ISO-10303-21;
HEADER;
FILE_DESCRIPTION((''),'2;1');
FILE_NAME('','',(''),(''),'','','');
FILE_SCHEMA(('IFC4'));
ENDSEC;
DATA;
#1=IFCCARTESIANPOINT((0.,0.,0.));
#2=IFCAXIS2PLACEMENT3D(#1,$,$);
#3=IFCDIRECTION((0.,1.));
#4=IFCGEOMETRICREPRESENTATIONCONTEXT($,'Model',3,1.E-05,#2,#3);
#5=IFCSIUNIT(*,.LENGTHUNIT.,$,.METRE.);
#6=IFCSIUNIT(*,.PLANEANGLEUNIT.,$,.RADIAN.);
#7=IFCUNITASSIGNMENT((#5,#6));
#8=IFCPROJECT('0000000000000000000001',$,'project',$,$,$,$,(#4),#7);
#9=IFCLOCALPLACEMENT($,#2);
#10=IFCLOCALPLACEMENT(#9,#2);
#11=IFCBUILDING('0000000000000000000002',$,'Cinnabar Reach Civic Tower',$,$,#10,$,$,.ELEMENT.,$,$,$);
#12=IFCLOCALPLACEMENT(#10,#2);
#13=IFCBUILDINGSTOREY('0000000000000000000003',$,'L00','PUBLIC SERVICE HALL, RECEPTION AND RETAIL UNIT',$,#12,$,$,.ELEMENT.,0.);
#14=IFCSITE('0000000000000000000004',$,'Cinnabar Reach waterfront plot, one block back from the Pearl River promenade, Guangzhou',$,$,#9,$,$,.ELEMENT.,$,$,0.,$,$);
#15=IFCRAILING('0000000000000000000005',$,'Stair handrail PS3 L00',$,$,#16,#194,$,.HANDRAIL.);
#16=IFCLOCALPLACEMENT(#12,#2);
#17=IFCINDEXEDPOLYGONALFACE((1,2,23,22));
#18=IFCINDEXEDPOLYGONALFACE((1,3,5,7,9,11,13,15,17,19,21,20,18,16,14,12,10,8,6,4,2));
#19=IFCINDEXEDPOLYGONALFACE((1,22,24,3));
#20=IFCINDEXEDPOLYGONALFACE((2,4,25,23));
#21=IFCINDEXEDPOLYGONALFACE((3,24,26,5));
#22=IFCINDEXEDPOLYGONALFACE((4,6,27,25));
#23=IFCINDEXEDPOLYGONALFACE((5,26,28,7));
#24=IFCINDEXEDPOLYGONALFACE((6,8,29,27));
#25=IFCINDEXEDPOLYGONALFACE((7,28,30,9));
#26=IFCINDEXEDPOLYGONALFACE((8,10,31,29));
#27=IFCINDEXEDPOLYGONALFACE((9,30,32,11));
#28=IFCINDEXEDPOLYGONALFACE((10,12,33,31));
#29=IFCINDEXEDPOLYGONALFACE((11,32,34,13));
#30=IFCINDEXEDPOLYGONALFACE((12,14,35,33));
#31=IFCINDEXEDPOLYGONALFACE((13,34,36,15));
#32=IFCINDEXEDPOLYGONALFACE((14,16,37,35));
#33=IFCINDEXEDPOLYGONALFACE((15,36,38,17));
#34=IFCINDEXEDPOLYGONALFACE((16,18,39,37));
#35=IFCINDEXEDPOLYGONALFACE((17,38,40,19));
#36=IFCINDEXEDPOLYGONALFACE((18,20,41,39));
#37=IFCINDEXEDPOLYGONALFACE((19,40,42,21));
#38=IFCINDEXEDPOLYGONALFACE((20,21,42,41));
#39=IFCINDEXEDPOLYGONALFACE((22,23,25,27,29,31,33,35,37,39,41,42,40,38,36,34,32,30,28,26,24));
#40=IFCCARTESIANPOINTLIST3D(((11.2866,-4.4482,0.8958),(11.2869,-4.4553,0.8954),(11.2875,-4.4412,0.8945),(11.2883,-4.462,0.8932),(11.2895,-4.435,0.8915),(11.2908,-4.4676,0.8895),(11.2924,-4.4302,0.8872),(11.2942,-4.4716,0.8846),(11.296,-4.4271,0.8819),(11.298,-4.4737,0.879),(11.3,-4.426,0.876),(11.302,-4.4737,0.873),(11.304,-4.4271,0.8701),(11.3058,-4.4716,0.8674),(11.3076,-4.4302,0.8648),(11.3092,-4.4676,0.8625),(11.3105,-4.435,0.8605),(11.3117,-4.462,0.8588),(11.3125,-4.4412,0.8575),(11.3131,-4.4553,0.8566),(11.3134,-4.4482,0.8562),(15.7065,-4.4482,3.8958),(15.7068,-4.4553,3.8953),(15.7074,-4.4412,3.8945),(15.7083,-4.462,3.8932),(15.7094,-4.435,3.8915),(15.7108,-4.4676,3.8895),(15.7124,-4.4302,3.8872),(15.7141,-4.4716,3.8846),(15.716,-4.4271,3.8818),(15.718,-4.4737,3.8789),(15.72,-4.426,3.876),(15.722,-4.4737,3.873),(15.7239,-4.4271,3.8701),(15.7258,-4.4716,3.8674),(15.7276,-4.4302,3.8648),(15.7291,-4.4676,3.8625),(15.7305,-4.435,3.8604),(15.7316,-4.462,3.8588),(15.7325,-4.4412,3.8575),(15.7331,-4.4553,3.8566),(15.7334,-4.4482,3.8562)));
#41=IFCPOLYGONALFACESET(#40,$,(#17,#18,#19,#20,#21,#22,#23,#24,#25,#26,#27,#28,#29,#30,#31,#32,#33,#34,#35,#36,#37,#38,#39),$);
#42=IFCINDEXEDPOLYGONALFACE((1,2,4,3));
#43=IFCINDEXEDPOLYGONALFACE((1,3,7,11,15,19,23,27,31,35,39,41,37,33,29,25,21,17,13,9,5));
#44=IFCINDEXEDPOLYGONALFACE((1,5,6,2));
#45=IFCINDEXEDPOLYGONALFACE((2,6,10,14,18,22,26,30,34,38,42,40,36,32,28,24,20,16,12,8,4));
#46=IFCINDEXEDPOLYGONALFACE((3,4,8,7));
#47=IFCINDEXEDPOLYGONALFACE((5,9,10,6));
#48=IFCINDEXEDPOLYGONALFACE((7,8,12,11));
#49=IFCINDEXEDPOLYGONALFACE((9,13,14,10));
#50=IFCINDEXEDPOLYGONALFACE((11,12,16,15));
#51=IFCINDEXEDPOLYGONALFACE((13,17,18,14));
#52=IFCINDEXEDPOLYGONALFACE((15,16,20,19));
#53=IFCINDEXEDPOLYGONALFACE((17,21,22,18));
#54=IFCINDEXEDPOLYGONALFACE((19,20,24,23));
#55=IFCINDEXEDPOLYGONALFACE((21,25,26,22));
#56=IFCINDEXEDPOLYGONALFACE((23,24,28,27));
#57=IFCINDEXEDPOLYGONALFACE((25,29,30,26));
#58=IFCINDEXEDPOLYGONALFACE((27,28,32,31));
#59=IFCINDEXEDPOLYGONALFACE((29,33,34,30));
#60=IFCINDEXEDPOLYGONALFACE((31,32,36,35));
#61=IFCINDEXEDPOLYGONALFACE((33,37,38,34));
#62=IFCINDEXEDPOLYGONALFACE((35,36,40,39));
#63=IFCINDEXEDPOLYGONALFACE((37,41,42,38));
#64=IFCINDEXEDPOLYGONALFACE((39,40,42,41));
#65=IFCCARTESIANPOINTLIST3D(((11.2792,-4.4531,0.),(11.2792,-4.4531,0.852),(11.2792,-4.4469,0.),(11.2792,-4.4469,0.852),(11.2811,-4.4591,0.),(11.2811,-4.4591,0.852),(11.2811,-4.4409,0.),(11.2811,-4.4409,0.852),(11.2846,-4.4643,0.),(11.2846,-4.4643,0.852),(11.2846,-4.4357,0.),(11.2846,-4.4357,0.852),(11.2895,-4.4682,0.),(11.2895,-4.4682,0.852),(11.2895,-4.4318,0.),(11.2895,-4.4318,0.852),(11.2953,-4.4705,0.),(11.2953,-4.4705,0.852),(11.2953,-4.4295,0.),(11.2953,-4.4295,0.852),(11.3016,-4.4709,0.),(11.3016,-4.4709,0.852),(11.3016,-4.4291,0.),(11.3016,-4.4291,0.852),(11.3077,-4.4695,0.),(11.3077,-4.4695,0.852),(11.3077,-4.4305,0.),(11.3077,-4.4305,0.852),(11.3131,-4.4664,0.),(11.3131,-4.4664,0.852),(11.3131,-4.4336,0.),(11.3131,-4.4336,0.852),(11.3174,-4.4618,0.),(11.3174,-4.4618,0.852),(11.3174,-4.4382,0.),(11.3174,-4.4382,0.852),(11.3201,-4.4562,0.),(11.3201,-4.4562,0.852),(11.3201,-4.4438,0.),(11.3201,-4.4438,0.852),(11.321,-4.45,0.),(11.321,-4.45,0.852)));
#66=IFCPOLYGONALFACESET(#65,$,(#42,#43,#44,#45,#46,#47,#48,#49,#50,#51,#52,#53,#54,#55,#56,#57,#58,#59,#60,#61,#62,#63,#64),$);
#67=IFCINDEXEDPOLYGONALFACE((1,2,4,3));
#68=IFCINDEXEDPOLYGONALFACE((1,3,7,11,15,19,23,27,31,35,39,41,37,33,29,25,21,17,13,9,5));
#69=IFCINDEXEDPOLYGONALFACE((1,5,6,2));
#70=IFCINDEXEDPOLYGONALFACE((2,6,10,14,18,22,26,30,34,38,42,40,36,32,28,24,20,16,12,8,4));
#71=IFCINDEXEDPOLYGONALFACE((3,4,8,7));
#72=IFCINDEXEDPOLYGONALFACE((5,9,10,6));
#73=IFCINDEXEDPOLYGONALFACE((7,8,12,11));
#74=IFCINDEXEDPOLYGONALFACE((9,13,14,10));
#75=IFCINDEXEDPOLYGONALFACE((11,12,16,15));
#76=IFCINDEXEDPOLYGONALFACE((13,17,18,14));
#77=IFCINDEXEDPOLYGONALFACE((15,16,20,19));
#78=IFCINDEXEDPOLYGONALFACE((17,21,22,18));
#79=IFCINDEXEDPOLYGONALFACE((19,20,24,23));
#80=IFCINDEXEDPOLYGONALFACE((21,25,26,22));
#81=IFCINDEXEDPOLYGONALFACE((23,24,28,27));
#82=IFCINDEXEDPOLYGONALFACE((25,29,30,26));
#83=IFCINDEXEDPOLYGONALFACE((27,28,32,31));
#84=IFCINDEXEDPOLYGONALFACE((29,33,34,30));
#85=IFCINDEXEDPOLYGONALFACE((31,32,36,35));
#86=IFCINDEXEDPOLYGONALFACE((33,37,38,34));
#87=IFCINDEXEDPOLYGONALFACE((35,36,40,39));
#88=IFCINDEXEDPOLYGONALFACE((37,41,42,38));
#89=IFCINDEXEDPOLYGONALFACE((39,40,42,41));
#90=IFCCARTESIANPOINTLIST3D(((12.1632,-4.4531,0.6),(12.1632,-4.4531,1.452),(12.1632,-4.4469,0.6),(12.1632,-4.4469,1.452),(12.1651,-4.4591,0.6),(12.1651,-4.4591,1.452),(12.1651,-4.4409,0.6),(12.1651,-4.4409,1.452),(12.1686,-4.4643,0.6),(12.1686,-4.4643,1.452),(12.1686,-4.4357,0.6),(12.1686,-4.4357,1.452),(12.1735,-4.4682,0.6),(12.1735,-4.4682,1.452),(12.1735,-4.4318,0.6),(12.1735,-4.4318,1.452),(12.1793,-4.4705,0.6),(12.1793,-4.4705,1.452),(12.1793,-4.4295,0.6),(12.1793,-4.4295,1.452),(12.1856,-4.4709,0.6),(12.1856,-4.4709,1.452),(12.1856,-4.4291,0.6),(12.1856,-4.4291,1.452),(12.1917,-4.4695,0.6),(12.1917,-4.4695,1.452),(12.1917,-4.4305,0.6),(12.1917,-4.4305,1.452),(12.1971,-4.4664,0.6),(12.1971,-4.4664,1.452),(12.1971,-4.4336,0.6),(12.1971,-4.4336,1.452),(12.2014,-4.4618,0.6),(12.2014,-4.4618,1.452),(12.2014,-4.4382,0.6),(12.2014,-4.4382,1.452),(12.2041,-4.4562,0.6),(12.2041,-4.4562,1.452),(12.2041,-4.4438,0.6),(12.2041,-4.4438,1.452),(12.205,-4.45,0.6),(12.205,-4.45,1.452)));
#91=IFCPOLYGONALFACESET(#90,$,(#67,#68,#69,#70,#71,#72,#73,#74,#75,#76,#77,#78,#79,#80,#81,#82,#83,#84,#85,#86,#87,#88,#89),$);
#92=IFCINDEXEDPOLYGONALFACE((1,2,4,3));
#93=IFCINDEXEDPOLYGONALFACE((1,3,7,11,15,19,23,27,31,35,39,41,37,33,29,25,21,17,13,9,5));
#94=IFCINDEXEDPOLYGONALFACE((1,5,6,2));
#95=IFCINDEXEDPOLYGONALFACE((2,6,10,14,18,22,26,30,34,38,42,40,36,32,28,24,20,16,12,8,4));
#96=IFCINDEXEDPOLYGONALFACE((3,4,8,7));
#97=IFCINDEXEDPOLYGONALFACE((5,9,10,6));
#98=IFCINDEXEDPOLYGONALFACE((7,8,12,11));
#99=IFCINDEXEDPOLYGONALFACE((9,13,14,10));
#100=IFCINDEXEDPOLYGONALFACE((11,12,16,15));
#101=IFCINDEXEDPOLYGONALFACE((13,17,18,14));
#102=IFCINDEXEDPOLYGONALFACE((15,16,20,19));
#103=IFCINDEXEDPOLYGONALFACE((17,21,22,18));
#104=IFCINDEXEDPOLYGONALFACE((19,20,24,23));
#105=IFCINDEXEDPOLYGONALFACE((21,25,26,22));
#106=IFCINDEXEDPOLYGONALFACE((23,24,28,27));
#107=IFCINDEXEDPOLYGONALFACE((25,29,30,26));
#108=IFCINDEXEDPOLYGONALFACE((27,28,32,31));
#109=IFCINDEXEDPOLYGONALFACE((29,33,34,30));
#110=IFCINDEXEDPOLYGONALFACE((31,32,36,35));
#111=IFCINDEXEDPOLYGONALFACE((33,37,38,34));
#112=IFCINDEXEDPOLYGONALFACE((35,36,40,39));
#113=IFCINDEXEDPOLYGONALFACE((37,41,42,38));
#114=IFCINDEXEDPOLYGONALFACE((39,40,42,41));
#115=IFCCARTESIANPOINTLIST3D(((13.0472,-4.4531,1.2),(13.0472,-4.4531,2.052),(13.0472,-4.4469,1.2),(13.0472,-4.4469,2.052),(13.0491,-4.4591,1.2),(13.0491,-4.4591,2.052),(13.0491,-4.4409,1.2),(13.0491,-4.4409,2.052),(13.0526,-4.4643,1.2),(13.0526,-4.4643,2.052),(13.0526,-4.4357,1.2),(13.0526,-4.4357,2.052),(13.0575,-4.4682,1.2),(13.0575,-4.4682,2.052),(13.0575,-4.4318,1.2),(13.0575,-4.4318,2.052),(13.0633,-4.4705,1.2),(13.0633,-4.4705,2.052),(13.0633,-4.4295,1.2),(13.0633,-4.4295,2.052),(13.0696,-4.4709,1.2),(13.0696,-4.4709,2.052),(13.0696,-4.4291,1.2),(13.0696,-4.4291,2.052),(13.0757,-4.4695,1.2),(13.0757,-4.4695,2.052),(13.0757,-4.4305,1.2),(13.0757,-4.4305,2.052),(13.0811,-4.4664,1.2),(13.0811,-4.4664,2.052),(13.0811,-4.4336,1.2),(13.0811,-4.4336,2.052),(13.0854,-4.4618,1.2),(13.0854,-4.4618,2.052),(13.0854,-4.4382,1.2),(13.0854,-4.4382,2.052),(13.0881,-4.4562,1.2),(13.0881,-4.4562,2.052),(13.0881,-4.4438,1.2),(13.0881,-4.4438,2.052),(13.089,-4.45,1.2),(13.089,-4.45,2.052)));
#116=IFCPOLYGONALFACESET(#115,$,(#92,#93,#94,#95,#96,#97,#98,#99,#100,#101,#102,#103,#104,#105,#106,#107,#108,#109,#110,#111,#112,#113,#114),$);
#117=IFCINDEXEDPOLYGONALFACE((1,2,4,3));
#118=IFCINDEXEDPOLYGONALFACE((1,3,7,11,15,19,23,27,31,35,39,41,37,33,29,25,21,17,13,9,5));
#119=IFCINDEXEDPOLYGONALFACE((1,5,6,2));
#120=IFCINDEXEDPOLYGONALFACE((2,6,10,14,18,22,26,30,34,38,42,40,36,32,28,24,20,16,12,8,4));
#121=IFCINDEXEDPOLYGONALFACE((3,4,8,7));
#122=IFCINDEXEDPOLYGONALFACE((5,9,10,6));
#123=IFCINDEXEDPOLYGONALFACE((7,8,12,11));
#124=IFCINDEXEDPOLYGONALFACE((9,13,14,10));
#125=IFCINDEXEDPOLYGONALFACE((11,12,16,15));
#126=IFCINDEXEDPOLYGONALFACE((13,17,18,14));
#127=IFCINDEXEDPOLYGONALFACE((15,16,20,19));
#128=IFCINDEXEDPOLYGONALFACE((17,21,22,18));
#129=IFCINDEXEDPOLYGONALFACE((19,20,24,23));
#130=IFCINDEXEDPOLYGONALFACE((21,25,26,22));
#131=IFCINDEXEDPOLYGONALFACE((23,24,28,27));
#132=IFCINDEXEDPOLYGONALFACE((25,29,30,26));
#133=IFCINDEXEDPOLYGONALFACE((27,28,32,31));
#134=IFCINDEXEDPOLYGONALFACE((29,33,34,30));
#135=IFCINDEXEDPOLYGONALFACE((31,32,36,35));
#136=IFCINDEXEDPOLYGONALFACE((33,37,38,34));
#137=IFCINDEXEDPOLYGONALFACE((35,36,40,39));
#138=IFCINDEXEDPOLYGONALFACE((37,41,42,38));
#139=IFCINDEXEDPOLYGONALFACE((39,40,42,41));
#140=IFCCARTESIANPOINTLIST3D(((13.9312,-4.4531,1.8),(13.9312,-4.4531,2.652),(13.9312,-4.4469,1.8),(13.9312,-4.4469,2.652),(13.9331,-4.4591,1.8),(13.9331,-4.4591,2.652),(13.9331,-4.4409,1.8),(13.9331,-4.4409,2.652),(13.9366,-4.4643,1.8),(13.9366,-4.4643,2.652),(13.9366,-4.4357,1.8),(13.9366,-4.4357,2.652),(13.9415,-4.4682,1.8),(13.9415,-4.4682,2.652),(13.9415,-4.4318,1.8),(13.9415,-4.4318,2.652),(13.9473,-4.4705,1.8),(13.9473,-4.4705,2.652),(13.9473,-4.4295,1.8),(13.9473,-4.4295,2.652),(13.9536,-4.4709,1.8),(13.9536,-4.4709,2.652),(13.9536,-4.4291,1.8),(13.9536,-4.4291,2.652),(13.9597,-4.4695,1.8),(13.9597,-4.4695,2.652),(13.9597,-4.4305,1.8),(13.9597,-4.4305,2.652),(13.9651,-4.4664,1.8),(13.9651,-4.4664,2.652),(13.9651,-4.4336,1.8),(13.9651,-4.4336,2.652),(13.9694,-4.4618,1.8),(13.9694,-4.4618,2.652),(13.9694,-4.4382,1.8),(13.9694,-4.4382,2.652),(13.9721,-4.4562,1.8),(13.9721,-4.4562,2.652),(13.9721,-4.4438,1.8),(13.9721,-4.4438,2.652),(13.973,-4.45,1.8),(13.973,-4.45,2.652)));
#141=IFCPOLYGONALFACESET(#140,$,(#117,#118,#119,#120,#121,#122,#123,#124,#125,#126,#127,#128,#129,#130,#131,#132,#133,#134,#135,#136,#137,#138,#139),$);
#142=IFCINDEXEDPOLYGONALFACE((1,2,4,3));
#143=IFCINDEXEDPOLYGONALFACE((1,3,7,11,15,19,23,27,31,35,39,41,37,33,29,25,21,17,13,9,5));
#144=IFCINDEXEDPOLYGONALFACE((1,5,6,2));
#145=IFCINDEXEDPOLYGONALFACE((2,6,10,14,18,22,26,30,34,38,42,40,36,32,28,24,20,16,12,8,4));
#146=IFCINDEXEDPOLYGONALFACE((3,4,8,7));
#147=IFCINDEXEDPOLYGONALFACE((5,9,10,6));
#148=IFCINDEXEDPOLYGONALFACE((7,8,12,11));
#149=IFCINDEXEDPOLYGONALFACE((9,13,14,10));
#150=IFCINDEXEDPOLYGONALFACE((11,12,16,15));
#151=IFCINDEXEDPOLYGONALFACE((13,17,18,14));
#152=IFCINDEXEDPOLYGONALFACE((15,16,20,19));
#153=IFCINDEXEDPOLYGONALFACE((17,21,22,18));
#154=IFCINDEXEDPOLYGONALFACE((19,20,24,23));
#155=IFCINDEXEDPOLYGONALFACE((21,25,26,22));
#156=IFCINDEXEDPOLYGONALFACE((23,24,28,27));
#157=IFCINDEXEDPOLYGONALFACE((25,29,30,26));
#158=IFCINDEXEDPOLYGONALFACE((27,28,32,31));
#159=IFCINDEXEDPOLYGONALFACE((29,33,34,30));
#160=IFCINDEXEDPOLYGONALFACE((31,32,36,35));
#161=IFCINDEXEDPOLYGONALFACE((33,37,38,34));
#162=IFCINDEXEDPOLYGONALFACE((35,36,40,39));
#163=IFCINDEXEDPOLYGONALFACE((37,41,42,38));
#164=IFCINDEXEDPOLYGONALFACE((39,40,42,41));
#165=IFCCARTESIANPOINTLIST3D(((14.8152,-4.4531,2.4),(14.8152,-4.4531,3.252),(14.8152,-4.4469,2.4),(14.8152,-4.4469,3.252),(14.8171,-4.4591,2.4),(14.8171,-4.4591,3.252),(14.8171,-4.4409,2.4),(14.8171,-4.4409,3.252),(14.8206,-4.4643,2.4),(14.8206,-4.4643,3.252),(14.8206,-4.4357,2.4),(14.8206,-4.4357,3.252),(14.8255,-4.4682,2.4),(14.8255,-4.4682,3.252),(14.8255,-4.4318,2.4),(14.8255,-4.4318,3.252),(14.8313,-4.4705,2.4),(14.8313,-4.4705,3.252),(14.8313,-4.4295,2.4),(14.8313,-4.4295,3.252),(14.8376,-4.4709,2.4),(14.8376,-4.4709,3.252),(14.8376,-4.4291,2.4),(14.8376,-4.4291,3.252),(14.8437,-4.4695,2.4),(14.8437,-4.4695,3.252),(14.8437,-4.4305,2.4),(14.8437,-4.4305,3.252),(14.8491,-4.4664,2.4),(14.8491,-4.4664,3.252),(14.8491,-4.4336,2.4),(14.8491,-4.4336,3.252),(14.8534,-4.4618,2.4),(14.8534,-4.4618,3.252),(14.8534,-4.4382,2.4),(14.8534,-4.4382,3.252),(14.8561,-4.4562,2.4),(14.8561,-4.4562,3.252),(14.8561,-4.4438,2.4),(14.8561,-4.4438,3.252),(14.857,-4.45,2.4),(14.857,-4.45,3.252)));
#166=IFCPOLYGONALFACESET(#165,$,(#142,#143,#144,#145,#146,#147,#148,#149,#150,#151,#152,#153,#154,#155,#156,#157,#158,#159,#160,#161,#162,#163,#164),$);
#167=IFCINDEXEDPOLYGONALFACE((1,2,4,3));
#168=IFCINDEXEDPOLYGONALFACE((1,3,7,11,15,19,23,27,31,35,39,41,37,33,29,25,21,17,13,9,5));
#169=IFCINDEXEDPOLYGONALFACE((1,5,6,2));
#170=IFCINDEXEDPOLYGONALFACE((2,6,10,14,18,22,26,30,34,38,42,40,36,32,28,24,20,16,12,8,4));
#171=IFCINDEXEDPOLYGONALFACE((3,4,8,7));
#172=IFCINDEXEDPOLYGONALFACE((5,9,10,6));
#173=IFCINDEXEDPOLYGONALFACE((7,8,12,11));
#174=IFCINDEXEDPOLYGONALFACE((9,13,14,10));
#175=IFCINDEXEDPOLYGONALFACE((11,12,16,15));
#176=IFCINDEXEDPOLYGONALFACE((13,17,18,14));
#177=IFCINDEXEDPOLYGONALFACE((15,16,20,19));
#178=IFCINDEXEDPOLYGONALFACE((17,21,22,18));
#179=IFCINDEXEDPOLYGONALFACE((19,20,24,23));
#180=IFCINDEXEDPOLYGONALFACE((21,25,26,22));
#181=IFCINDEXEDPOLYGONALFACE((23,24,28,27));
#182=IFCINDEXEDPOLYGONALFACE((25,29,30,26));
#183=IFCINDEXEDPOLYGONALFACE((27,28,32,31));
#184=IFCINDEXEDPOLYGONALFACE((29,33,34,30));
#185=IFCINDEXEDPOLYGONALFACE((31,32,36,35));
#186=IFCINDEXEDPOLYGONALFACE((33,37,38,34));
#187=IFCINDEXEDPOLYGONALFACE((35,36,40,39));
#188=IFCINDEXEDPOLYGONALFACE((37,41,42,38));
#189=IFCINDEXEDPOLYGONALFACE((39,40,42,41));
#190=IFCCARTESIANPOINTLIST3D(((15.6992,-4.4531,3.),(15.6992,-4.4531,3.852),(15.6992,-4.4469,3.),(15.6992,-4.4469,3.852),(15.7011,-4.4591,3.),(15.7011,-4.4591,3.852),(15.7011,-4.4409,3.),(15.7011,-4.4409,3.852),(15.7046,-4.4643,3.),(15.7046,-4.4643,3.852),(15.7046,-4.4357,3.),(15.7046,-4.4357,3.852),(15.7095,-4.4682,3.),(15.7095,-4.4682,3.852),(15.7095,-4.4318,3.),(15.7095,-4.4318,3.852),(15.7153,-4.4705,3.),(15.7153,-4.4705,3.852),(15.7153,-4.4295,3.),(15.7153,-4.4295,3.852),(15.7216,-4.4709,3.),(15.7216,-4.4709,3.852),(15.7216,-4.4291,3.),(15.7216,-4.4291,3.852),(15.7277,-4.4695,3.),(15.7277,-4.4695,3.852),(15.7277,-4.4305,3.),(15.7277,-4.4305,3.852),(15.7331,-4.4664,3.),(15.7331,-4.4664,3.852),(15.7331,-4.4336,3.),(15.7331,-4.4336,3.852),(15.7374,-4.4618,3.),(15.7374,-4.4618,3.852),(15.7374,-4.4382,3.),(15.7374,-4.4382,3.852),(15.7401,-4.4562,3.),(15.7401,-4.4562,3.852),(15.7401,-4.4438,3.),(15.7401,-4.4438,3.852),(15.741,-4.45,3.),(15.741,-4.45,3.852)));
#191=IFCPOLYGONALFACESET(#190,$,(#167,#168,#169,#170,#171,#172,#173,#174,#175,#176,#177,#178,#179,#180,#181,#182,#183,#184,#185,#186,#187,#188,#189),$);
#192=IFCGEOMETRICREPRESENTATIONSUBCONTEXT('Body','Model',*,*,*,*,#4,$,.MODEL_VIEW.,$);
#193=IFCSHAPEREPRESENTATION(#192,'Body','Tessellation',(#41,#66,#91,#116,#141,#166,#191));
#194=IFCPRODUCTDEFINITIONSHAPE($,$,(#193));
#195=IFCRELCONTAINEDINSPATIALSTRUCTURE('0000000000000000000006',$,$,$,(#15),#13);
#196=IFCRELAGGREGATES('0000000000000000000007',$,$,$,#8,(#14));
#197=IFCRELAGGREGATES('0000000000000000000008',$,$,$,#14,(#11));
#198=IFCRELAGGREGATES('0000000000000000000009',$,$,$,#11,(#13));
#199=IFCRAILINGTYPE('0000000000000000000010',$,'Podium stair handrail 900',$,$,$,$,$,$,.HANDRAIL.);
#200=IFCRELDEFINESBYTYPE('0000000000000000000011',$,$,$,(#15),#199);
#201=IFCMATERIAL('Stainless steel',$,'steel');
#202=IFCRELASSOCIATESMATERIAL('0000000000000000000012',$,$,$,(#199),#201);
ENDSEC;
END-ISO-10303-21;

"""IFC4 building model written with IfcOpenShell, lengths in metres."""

from ifc_helpers import new_model, si_unit, direction, frame, origin, origin_2d, place, context, subcontext, project, spatial, circle, extrude, material, type_object, element, save


model = new_model("IFC4")

# Units and contexts
model_context = context("Model", 3, precision=1e-05, world=origin(), true_north=direction((0.0, 1.0)))
body_context = subcontext(model_context, "Body", "Model", "MODEL_VIEW")
ifc_project = project(units=[si_unit("LENGTHUNIT", "METRE"), si_unit("PLANEANGLEUNIT", "RADIAN")], contexts=[model_context])

# Site, building, storey
site_placement = place(None, origin())
site = spatial("IfcSite", under=ifc_project, at=site_placement, Name="Cinnabar Reach waterfront plot, one block back from the Pearl River promenade, Guangzhou", CompositionType="ELEMENT", RefElevation=0.0)
building_placement = place(site_placement, origin())
building = spatial("IfcBuilding", under=site, at=building_placement, Name="Cinnabar Reach Civic Tower", CompositionType="ELEMENT")
storey_placement = place(building_placement, origin())
storey = spatial("IfcBuildingStorey", under=building, at=storey_placement, Name="L00", Description="PUBLIC SERVICE HALL, RECEPTION AND RETAIL UNIT", CompositionType="ELEMENT", Elevation=0.0)

# Railing
ifc_material_1 = material(Name="Stainless steel", Category="steel")
railing_type_1 = type_object("IfcRailingType", Name="Podium stair handrail 900", PredefinedType="HANDRAIL", material=ifc_material_1)
railing_1_placement = place(storey_placement, frame((11.3, -4.45, 0.0)))
element("IfcRailing", 1, at=railing_1_placement, inside=storey, type_object=railing_type_1, Name="Stair handrail PS3 L00", PredefinedType="HANDRAIL", context=body_context, shape_type="SweptSolid", body=[
    extrude(circle(Radius=0.024, at=origin_2d()), frame((0.0, 0.0, 0.876), z_axis=(0.827414, 0.0, 0.561593), x_axis=(0.0, 1.0, 0.0)), (0.0, 0.0, 1.0), 5.3419),
    extrude(circle(Radius=0.021, at=origin_2d()), origin(), (0.0, 0.0, 1.0), 0.852),
    extrude(circle(Radius=0.021, at=origin_2d()), frame((0.884, 0.0, 0.6)), (0.0, 0.0, 1.0), 0.852),
    extrude(circle(Radius=0.021, at=origin_2d()), frame((1.768, 0.0, 1.2)), (0.0, 0.0, 1.0), 0.852),
    extrude(circle(Radius=0.021, at=origin_2d()), frame((2.652, 0.0, 1.8)), (0.0, 0.0, 1.0), 0.852),
    extrude(circle(Radius=0.021, at=origin_2d()), frame((3.536, 0.0, 2.4)), (0.0, 0.0, 1.0), 0.852),
    extrude(circle(Radius=0.021, at=origin_2d()), frame((4.42, 0.0, 3.0)), (0.0, 0.0, 1.0), 0.852),
])

save(model, "model.ifc")
